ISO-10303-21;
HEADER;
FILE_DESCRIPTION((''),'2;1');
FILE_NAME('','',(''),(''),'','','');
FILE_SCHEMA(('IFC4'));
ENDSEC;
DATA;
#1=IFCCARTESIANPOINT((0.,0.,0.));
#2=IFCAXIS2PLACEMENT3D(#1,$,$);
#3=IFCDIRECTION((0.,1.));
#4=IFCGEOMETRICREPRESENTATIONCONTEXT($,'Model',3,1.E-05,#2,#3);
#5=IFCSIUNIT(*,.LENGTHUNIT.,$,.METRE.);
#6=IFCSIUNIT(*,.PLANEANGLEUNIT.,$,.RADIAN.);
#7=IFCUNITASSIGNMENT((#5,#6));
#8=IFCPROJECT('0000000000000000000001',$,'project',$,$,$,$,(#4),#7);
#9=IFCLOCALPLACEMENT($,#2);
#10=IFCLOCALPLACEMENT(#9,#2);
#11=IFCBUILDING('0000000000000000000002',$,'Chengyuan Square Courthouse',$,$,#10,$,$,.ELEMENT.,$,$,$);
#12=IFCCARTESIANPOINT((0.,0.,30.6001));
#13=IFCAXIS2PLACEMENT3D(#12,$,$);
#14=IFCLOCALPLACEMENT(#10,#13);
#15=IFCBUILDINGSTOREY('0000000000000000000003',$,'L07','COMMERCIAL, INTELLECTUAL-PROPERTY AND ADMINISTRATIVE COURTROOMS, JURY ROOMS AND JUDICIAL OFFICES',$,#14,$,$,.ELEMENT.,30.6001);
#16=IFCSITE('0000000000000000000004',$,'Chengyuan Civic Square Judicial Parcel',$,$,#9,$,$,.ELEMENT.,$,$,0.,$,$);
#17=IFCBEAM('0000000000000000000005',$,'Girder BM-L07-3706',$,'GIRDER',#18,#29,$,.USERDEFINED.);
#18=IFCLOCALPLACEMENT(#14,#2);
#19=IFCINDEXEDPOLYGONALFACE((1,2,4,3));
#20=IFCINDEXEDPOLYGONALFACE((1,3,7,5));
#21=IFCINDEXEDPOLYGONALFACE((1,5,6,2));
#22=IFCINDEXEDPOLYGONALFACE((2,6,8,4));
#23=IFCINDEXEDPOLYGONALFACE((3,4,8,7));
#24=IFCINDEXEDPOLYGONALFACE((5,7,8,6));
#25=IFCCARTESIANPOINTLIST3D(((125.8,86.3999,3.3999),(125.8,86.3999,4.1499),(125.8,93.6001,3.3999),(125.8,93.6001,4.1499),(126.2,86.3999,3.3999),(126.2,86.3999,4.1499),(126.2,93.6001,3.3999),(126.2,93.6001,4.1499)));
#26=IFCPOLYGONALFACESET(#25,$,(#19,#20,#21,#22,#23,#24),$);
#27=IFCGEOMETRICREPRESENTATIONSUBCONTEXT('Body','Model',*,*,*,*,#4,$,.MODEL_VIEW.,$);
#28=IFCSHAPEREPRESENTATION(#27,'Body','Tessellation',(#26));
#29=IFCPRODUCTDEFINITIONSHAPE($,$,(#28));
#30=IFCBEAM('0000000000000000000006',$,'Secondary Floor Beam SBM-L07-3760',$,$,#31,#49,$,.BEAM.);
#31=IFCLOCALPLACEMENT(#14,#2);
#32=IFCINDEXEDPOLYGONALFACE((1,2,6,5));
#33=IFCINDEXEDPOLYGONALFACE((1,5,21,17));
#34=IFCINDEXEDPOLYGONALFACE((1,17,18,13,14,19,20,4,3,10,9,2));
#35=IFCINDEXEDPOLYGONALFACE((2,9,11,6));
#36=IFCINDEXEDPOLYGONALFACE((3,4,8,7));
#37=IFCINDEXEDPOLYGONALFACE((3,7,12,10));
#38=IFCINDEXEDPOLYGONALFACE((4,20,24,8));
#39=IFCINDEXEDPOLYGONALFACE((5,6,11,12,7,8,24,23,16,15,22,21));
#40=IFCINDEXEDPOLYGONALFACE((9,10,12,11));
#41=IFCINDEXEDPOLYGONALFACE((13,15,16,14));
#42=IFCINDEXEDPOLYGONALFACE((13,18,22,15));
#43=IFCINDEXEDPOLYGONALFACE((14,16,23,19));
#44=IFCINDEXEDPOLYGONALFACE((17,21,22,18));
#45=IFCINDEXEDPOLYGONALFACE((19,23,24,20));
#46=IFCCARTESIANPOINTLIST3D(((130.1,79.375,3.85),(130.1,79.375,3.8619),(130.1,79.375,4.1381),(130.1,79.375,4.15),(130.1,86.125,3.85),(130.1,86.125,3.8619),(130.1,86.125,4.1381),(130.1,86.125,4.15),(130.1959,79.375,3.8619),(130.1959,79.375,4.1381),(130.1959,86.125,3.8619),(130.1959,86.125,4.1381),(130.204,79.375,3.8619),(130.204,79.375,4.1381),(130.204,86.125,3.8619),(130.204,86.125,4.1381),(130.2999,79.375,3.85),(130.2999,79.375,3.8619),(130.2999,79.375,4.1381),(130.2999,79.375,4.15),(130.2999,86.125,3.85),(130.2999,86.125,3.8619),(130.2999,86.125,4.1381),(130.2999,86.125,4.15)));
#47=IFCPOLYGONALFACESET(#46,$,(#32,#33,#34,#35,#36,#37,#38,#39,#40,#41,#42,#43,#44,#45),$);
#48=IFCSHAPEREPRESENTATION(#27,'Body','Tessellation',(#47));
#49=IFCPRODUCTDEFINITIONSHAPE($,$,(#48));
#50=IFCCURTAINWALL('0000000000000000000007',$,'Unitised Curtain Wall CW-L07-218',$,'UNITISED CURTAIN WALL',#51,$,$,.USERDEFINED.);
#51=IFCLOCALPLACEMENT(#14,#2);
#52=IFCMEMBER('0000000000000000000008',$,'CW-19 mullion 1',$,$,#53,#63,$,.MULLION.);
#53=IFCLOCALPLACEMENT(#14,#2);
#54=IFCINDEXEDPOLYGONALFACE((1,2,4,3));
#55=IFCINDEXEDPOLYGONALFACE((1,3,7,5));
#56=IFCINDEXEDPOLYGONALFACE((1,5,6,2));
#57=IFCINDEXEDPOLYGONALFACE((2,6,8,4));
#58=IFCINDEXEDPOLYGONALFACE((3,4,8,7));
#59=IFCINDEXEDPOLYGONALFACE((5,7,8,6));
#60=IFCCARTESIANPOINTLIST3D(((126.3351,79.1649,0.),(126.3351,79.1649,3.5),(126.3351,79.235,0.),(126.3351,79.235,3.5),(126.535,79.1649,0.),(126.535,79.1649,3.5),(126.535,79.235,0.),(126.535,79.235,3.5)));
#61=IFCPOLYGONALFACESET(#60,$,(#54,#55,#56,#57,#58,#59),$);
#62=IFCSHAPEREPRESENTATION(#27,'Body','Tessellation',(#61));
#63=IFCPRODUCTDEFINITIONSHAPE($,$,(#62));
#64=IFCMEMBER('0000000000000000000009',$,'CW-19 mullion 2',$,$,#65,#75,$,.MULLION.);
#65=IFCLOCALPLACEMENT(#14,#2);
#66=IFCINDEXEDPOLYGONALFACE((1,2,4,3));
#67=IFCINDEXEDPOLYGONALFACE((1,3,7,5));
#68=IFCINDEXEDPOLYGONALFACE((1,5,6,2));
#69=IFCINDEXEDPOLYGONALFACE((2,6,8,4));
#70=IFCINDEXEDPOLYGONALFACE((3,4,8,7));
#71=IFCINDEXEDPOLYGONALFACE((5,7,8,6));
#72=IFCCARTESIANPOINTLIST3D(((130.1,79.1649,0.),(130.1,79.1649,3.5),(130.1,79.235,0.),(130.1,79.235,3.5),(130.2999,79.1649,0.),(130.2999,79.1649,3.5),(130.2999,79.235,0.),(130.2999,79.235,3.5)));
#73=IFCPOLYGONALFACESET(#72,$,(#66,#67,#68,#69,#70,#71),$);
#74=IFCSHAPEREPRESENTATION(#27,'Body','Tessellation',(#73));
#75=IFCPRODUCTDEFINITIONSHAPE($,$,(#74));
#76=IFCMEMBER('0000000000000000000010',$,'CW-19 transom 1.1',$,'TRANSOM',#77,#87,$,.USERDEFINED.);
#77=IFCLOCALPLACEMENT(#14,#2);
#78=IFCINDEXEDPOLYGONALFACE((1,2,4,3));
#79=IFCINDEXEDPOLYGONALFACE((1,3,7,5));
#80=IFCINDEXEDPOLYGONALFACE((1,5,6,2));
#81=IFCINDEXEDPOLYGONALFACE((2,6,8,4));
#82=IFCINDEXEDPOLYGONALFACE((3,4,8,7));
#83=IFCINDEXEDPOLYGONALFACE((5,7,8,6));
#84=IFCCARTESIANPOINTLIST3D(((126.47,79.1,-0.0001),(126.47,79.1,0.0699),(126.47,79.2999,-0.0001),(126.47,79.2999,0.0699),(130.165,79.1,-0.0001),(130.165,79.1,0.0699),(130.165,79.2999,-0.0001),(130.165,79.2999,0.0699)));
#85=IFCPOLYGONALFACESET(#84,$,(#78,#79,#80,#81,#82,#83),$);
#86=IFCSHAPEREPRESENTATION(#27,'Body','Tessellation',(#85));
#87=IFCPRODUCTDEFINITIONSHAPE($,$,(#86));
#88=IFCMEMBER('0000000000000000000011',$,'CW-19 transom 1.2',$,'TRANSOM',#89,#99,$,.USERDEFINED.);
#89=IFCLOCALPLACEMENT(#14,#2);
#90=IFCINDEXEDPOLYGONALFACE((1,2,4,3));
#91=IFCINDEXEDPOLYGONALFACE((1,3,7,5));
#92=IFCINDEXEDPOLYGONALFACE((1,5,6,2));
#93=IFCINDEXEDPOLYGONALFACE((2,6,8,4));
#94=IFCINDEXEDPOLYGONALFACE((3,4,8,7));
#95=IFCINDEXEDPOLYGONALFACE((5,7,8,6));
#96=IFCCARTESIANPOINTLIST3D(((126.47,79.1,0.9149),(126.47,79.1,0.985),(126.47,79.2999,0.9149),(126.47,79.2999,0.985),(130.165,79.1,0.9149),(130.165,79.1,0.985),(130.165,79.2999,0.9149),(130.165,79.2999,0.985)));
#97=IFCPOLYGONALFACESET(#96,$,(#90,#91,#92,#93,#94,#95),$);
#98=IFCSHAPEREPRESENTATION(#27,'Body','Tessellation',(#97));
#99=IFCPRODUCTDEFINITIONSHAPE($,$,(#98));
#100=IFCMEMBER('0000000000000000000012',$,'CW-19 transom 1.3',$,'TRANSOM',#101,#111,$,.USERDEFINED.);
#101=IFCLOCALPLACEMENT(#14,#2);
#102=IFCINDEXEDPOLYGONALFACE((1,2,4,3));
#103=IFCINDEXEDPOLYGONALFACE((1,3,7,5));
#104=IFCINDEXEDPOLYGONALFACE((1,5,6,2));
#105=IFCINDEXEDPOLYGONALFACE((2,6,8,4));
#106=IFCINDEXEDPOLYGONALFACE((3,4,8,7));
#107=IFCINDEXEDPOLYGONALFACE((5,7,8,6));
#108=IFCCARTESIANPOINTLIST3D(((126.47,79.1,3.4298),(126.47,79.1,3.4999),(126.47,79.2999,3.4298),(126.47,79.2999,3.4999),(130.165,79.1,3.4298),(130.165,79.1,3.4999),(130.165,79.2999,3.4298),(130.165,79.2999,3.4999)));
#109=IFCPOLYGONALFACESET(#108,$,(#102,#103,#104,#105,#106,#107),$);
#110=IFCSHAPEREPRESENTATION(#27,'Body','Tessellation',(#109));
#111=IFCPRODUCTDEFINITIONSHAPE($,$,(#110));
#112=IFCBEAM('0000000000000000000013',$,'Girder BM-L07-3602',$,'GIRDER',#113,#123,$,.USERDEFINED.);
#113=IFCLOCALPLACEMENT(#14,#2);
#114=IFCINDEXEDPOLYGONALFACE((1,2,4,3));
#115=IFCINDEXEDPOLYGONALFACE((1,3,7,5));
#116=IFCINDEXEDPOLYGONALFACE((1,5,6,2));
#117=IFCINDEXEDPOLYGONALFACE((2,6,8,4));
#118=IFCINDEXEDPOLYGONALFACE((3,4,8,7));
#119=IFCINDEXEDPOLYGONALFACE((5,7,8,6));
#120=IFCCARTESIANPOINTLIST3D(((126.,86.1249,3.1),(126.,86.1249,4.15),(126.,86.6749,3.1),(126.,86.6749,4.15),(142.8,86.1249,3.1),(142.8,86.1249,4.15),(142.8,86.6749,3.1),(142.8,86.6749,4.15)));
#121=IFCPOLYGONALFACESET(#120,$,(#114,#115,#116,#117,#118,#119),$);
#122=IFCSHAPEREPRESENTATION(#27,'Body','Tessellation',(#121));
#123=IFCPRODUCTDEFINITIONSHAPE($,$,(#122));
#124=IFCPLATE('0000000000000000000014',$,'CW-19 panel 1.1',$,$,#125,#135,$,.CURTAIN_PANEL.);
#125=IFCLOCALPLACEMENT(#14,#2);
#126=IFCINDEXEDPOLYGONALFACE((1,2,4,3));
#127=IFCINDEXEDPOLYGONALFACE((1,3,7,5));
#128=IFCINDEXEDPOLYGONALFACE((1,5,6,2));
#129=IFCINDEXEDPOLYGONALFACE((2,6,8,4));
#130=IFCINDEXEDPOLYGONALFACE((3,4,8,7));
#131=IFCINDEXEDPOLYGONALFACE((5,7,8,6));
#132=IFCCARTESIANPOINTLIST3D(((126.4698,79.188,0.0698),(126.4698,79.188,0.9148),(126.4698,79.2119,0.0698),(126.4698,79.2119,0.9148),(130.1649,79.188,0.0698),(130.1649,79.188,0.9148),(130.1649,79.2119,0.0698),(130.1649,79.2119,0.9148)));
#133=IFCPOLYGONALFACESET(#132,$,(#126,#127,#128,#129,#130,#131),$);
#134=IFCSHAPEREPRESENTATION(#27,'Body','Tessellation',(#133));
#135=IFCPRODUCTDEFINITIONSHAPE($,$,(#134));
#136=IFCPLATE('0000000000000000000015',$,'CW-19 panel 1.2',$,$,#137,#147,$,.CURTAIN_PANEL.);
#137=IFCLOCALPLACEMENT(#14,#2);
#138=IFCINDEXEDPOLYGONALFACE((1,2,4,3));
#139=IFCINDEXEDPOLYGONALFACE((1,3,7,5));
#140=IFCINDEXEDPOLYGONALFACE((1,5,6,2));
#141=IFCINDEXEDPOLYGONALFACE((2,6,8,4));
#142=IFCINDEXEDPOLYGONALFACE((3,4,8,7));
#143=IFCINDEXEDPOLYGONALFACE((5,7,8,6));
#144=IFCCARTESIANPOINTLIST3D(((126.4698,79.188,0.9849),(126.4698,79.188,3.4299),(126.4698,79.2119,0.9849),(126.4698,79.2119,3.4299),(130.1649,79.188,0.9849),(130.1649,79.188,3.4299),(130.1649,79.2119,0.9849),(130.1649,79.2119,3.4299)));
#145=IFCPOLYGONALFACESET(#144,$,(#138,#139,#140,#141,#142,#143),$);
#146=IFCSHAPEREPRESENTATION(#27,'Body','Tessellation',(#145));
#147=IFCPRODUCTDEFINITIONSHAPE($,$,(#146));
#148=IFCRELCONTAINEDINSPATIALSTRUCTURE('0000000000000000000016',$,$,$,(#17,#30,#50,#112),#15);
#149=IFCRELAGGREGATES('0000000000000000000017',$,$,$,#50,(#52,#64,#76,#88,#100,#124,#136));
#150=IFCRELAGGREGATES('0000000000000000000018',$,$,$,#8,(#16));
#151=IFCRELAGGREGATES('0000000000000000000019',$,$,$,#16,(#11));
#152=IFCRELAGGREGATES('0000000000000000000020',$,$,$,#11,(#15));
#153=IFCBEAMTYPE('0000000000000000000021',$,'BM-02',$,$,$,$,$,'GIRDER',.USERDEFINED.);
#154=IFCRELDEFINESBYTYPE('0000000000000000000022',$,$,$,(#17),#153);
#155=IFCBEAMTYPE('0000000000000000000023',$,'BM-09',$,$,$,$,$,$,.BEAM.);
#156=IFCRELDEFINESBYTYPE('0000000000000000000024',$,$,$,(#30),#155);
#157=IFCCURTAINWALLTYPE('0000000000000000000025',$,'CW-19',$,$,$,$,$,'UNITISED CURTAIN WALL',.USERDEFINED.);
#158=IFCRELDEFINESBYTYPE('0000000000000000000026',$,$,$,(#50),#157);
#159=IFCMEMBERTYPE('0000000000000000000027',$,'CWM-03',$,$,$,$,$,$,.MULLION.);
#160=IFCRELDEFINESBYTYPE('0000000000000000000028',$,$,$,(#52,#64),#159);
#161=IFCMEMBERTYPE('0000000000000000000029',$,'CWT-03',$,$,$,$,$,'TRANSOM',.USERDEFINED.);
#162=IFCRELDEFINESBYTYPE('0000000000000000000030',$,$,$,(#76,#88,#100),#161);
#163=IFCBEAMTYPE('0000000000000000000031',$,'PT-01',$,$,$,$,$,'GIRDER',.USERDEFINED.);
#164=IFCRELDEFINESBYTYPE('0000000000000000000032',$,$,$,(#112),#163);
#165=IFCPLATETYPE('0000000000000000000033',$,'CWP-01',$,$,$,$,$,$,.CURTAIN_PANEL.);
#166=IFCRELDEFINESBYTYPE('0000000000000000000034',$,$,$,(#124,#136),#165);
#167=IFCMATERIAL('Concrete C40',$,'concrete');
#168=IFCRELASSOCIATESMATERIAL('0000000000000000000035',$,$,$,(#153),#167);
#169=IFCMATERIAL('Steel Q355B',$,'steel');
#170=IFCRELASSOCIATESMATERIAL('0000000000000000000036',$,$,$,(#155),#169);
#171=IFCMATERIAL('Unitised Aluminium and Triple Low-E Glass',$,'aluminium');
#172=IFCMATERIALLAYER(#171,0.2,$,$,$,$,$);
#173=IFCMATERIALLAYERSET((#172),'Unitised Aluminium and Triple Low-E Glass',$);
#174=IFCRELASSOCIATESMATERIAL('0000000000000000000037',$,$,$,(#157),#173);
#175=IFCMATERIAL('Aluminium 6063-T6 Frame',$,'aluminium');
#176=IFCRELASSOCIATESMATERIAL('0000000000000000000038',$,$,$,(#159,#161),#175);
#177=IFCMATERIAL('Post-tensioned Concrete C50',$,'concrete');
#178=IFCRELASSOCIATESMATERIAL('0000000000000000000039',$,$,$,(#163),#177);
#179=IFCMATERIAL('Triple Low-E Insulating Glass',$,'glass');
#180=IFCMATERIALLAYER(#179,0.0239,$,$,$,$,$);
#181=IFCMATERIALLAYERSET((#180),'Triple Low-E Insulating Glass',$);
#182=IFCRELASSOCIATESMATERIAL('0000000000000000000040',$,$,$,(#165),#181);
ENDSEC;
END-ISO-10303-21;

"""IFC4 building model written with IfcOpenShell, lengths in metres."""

from ifc_helpers import new_model, si_unit, direction, frame, origin, origin_2d, place, context, subcontext, project, spatial, rectangle, i_section, extrude, material, layer, layer_set, material_profile, profile_set, type_object, element, aggregate, save


model = new_model("IFC4")

# Units and contexts
model_context = context("Model", 3, precision=1e-05, world=origin(), true_north=direction((0.0, 1.0)))
body_context = subcontext(model_context, "Body", "Model", "MODEL_VIEW")
ifc_project = project(units=[si_unit("LENGTHUNIT", "METRE"), si_unit("PLANEANGLEUNIT", "RADIAN")], contexts=[model_context])

# Site, building, storey
site_placement = place(None, origin())
site = spatial("IfcSite", under=ifc_project, at=site_placement, Name="Chengyuan Civic Square Judicial Parcel", CompositionType="ELEMENT", RefElevation=0.0)
building_placement = place(site_placement, origin())
building = spatial("IfcBuilding", under=site, at=building_placement, Name="Chengyuan Square Courthouse", CompositionType="ELEMENT")
storey_placement = place(building_placement, frame((0.0, 0.0, 30.6001)))
storey = spatial("IfcBuildingStorey", under=building, at=storey_placement, Name="L07", Description="COMMERCIAL, INTELLECTUAL-PROPERTY AND ADMINISTRATIVE COURTROOMS, JURY ROOMS AND JUDICIAL OFFICES", CompositionType="ELEMENT", Elevation=30.6001)

# Beams
ifc_material_1 = material(Name="Concrete C40", Category="concrete")
ifc_material_profile_1 = material_profile(ifc_material_1, rectangle(XDim=0.3999, YDim=0.75, at=origin_2d()), Name="RC-BM-400x750")
ifc_profile_set_1 = profile_set([ifc_material_profile_1], Name="Concrete C40")
beam_type_1 = type_object("IfcBeamType", Name="BM-02", ElementType="GIRDER", PredefinedType="USERDEFINED", material=ifc_profile_set_1)
beam_1_placement = place(storey_placement, frame((126.0, 86.3999, 3.7749), z_axis=(0.0, 1.0, 0.0), x_axis=(-1.0, 0.0, 0.0)))
element("IfcBeam", 1, at=beam_1_placement, inside=storey, type_object=beam_type_1, Name="Girder BM-L07-3706", ObjectType="GIRDER", PredefinedType="USERDEFINED", context=body_context, shape_type="SweptSolid", body=[
    extrude(rectangle(XDim=0.3999, YDim=0.75, at=origin_2d()), origin(), (0.0, 0.0, 1.0), 7.2002),
])
ifc_material_2 = material(Name="Steel Q355B", Category="steel")
ifc_material_profile_2 = material_profile(ifc_material_2, i_section(OverallWidth=0.2, OverallDepth=0.3, WebThickness=0.0081, FlangeThickness=0.012, at=origin_2d()), Name="HM 300x200x8x12")
ifc_profile_set_2 = profile_set([ifc_material_profile_2], Name="Steel Q355B")
beam_type_2 = type_object("IfcBeamType", Name="BM-09", PredefinedType="BEAM", material=ifc_profile_set_2)
beam_2_placement = place(storey_placement, frame((130.2, 79.375, 4.0), z_axis=(0.0, 1.0, 0.0), x_axis=(-1.0, 0.0, 0.0)))
element("IfcBeam", 2, at=beam_2_placement, inside=storey, type_object=beam_type_2, Name="Secondary Floor Beam SBM-L07-3760", PredefinedType="BEAM", context=body_context, shape_type="SweptSolid", body=[
    extrude(i_section(OverallWidth=0.2, OverallDepth=0.3, WebThickness=0.0081, FlangeThickness=0.012, at=origin_2d()), origin(), (0.0, 0.0, 1.0), 6.75),
])

# Curtain wall, members
ifc_material_3 = material(Name="Unitised Aluminium and Triple Low-E Glass", Category="aluminium")
ifc_layer_1 = layer(ifc_material_3, 0.2)
ifc_layer_set_1 = layer_set([ifc_layer_1], Name="Unitised Aluminium and Triple Low-E Glass")
curtain_wall_type = type_object("IfcCurtainWallType", Name="CW-19", ElementType="UNITISED CURTAIN WALL", PredefinedType="USERDEFINED", material=ifc_layer_set_1)
curtain_wall_placement = place(storey_placement, origin())
curtain_wall = element("IfcCurtainWall", 3, at=curtain_wall_placement, inside=storey, type_object=curtain_wall_type, Name="Unitised Curtain Wall CW-L07-218", ObjectType="UNITISED CURTAIN WALL", PredefinedType="USERDEFINED")
ifc_material_4 = material(Name="Aluminium 6063-T6 Frame", Category="aluminium")
ifc_material_profile_3 = material_profile(ifc_material_4, rectangle(XDim=0.0701, YDim=0.2, at=origin_2d()), Name="CW-MUL-70x200")
ifc_profile_set_3 = profile_set([ifc_material_profile_3], Name="Aluminium 6063-T6 Frame")
member_type_1 = type_object("IfcMemberType", Name="CWM-03", PredefinedType="MULLION", material=ifc_profile_set_3)
member_1_placement = place(storey_placement, frame((126.4351, 79.2, 0.0), z_axis=(0.0, 0.0, 1.0), x_axis=(0.0, 1.0, 0.0)))
member_1 = element("IfcMember", 4, at=member_1_placement, type_object=member_type_1, Name="CW-19 mullion 1", PredefinedType="MULLION", context=body_context, shape_type="SweptSolid", body=[
    extrude(rectangle(XDim=0.0701, YDim=0.2, at=origin_2d()), origin(), (0.0, 0.0, 1.0), 3.5),
])
member_2_placement = place(storey_placement, frame((130.2, 79.2, 0.0), z_axis=(0.0, 0.0, 1.0), x_axis=(0.0, 1.0, 0.0)))
member_2 = element("IfcMember", 5, at=member_2_placement, type_object=member_type_1, Name="CW-19 mullion 2", PredefinedType="MULLION", context=body_context, shape_type="SweptSolid", body=[
    extrude(rectangle(XDim=0.0701, YDim=0.2, at=origin_2d()), origin(), (0.0, 0.0, 1.0), 3.5),
])
ifc_material_profile_4 = material_profile(ifc_material_4, rectangle(XDim=0.2, YDim=0.0701, at=origin_2d()), Name="CW-TRN-70x160")
ifc_profile_set_4 = profile_set([ifc_material_profile_4], Name="Aluminium 6063-T6 Frame")
member_type_2 = type_object("IfcMemberType", Name="CWT-03", ElementType="TRANSOM", PredefinedType="USERDEFINED", material=ifc_profile_set_4)
member_3_placement = place(storey_placement, frame((126.47, 79.2, 0.0349), z_axis=(1.0, 0.0, 0.0), x_axis=(0.0, 1.0, 0.0)))
member_3 = element("IfcMember", 6, at=member_3_placement, type_object=member_type_2, Name="CW-19 transom 1.1", ObjectType="TRANSOM", PredefinedType="USERDEFINED", context=body_context, shape_type="SweptSolid", body=[
    extrude(rectangle(XDim=0.2, YDim=0.0701, at=origin_2d()), origin(), (0.0, 0.0, 1.0), 3.6951),
])
member_4_placement = place(storey_placement, frame((126.47, 79.2, 0.95), z_axis=(1.0, 0.0, 0.0), x_axis=(0.0, 1.0, 0.0)))
member_4 = element("IfcMember", 7, at=member_4_placement, type_object=member_type_2, Name="CW-19 transom 1.2", ObjectType="TRANSOM", PredefinedType="USERDEFINED", context=body_context, shape_type="SweptSolid", body=[
    extrude(rectangle(XDim=0.2, YDim=0.0701, at=origin_2d()), origin(), (0.0, 0.0, 1.0), 3.6951),
])
member_5_placement = place(storey_placement, frame((126.47, 79.2, 3.4648), z_axis=(1.0, 0.0, 0.0), x_axis=(0.0, 1.0, 0.0)))
member_5 = element("IfcMember", 8, at=member_5_placement, type_object=member_type_2, Name="CW-19 transom 1.3", ObjectType="TRANSOM", PredefinedType="USERDEFINED", context=body_context, shape_type="SweptSolid", body=[
    extrude(rectangle(XDim=0.2, YDim=0.0701, at=origin_2d()), origin(), (0.0, 0.0, 1.0), 3.6951),
])

# Beam
ifc_material_5 = material(Name="Post-tensioned Concrete C50", Category="concrete")
ifc_material_profile_5 = material_profile(ifc_material_5, rectangle(XDim=0.55, YDim=1.05, at=origin_2d()), Name="PT-BM-550x1050")
ifc_profile_set_5 = profile_set([ifc_material_profile_5], Name="Post-tensioned Concrete C50")
beam_type_3 = type_object("IfcBeamType", Name="PT-01", ElementType="GIRDER", PredefinedType="USERDEFINED", material=ifc_profile_set_5)
beam_3_placement = place(storey_placement, frame((126.0, 86.3999, 3.625), z_axis=(1.0, 0.0, 0.0), x_axis=(0.0, 1.0, 0.0)))
element("IfcBeam", 9, at=beam_3_placement, inside=storey, type_object=beam_type_3, Name="Girder BM-L07-3602", ObjectType="GIRDER", PredefinedType="USERDEFINED", context=body_context, shape_type="SweptSolid", body=[
    extrude(rectangle(XDim=0.55, YDim=1.05, at=origin_2d()), origin(), (0.0, 0.0, 1.0), 16.8),
])

# Plates
ifc_material_6 = material(Name="Triple Low-E Insulating Glass", Category="glass")
ifc_layer_2 = layer(ifc_material_6, 0.0239)
ifc_layer_set_2 = layer_set([ifc_layer_2], Name="Triple Low-E Insulating Glass")
plate_type = type_object("IfcPlateType", Name="CWP-01", PredefinedType="CURTAIN_PANEL", material=ifc_layer_set_2)
plate_1_placement = place(storey_placement, frame((128.3174, 79.2, 0.0698), z_axis=(0.0, 0.0, 1.0), x_axis=(1.0, 0.0, 0.0)))
plate_1 = element("IfcPlate", 10, at=plate_1_placement, type_object=plate_type, Name="CW-19 panel 1.1", PredefinedType="CURTAIN_PANEL", context=body_context, shape_type="SweptSolid", body=[
    extrude(rectangle(XDim=3.6951, YDim=0.0239, at=origin_2d()), origin(), (0.0, 0.0, 1.0), 0.845),
])
plate_2_placement = place(storey_placement, frame((128.3174, 79.2, 0.9849), z_axis=(0.0, 0.0, 1.0), x_axis=(1.0, 0.0, 0.0)))
plate_2 = element("IfcPlate", 11, at=plate_2_placement, type_object=plate_type, Name="CW-19 panel 1.2", PredefinedType="CURTAIN_PANEL", context=body_context, shape_type="SweptSolid", body=[
    extrude(rectangle(XDim=3.6951, YDim=0.0239, at=origin_2d()), origin(), (0.0, 0.0, 1.0), 2.4451),
])
aggregate(curtain_wall, [member_1, member_2, member_3, member_4, member_5, plate_1, plate_2])

save(model, "model.ifc")
